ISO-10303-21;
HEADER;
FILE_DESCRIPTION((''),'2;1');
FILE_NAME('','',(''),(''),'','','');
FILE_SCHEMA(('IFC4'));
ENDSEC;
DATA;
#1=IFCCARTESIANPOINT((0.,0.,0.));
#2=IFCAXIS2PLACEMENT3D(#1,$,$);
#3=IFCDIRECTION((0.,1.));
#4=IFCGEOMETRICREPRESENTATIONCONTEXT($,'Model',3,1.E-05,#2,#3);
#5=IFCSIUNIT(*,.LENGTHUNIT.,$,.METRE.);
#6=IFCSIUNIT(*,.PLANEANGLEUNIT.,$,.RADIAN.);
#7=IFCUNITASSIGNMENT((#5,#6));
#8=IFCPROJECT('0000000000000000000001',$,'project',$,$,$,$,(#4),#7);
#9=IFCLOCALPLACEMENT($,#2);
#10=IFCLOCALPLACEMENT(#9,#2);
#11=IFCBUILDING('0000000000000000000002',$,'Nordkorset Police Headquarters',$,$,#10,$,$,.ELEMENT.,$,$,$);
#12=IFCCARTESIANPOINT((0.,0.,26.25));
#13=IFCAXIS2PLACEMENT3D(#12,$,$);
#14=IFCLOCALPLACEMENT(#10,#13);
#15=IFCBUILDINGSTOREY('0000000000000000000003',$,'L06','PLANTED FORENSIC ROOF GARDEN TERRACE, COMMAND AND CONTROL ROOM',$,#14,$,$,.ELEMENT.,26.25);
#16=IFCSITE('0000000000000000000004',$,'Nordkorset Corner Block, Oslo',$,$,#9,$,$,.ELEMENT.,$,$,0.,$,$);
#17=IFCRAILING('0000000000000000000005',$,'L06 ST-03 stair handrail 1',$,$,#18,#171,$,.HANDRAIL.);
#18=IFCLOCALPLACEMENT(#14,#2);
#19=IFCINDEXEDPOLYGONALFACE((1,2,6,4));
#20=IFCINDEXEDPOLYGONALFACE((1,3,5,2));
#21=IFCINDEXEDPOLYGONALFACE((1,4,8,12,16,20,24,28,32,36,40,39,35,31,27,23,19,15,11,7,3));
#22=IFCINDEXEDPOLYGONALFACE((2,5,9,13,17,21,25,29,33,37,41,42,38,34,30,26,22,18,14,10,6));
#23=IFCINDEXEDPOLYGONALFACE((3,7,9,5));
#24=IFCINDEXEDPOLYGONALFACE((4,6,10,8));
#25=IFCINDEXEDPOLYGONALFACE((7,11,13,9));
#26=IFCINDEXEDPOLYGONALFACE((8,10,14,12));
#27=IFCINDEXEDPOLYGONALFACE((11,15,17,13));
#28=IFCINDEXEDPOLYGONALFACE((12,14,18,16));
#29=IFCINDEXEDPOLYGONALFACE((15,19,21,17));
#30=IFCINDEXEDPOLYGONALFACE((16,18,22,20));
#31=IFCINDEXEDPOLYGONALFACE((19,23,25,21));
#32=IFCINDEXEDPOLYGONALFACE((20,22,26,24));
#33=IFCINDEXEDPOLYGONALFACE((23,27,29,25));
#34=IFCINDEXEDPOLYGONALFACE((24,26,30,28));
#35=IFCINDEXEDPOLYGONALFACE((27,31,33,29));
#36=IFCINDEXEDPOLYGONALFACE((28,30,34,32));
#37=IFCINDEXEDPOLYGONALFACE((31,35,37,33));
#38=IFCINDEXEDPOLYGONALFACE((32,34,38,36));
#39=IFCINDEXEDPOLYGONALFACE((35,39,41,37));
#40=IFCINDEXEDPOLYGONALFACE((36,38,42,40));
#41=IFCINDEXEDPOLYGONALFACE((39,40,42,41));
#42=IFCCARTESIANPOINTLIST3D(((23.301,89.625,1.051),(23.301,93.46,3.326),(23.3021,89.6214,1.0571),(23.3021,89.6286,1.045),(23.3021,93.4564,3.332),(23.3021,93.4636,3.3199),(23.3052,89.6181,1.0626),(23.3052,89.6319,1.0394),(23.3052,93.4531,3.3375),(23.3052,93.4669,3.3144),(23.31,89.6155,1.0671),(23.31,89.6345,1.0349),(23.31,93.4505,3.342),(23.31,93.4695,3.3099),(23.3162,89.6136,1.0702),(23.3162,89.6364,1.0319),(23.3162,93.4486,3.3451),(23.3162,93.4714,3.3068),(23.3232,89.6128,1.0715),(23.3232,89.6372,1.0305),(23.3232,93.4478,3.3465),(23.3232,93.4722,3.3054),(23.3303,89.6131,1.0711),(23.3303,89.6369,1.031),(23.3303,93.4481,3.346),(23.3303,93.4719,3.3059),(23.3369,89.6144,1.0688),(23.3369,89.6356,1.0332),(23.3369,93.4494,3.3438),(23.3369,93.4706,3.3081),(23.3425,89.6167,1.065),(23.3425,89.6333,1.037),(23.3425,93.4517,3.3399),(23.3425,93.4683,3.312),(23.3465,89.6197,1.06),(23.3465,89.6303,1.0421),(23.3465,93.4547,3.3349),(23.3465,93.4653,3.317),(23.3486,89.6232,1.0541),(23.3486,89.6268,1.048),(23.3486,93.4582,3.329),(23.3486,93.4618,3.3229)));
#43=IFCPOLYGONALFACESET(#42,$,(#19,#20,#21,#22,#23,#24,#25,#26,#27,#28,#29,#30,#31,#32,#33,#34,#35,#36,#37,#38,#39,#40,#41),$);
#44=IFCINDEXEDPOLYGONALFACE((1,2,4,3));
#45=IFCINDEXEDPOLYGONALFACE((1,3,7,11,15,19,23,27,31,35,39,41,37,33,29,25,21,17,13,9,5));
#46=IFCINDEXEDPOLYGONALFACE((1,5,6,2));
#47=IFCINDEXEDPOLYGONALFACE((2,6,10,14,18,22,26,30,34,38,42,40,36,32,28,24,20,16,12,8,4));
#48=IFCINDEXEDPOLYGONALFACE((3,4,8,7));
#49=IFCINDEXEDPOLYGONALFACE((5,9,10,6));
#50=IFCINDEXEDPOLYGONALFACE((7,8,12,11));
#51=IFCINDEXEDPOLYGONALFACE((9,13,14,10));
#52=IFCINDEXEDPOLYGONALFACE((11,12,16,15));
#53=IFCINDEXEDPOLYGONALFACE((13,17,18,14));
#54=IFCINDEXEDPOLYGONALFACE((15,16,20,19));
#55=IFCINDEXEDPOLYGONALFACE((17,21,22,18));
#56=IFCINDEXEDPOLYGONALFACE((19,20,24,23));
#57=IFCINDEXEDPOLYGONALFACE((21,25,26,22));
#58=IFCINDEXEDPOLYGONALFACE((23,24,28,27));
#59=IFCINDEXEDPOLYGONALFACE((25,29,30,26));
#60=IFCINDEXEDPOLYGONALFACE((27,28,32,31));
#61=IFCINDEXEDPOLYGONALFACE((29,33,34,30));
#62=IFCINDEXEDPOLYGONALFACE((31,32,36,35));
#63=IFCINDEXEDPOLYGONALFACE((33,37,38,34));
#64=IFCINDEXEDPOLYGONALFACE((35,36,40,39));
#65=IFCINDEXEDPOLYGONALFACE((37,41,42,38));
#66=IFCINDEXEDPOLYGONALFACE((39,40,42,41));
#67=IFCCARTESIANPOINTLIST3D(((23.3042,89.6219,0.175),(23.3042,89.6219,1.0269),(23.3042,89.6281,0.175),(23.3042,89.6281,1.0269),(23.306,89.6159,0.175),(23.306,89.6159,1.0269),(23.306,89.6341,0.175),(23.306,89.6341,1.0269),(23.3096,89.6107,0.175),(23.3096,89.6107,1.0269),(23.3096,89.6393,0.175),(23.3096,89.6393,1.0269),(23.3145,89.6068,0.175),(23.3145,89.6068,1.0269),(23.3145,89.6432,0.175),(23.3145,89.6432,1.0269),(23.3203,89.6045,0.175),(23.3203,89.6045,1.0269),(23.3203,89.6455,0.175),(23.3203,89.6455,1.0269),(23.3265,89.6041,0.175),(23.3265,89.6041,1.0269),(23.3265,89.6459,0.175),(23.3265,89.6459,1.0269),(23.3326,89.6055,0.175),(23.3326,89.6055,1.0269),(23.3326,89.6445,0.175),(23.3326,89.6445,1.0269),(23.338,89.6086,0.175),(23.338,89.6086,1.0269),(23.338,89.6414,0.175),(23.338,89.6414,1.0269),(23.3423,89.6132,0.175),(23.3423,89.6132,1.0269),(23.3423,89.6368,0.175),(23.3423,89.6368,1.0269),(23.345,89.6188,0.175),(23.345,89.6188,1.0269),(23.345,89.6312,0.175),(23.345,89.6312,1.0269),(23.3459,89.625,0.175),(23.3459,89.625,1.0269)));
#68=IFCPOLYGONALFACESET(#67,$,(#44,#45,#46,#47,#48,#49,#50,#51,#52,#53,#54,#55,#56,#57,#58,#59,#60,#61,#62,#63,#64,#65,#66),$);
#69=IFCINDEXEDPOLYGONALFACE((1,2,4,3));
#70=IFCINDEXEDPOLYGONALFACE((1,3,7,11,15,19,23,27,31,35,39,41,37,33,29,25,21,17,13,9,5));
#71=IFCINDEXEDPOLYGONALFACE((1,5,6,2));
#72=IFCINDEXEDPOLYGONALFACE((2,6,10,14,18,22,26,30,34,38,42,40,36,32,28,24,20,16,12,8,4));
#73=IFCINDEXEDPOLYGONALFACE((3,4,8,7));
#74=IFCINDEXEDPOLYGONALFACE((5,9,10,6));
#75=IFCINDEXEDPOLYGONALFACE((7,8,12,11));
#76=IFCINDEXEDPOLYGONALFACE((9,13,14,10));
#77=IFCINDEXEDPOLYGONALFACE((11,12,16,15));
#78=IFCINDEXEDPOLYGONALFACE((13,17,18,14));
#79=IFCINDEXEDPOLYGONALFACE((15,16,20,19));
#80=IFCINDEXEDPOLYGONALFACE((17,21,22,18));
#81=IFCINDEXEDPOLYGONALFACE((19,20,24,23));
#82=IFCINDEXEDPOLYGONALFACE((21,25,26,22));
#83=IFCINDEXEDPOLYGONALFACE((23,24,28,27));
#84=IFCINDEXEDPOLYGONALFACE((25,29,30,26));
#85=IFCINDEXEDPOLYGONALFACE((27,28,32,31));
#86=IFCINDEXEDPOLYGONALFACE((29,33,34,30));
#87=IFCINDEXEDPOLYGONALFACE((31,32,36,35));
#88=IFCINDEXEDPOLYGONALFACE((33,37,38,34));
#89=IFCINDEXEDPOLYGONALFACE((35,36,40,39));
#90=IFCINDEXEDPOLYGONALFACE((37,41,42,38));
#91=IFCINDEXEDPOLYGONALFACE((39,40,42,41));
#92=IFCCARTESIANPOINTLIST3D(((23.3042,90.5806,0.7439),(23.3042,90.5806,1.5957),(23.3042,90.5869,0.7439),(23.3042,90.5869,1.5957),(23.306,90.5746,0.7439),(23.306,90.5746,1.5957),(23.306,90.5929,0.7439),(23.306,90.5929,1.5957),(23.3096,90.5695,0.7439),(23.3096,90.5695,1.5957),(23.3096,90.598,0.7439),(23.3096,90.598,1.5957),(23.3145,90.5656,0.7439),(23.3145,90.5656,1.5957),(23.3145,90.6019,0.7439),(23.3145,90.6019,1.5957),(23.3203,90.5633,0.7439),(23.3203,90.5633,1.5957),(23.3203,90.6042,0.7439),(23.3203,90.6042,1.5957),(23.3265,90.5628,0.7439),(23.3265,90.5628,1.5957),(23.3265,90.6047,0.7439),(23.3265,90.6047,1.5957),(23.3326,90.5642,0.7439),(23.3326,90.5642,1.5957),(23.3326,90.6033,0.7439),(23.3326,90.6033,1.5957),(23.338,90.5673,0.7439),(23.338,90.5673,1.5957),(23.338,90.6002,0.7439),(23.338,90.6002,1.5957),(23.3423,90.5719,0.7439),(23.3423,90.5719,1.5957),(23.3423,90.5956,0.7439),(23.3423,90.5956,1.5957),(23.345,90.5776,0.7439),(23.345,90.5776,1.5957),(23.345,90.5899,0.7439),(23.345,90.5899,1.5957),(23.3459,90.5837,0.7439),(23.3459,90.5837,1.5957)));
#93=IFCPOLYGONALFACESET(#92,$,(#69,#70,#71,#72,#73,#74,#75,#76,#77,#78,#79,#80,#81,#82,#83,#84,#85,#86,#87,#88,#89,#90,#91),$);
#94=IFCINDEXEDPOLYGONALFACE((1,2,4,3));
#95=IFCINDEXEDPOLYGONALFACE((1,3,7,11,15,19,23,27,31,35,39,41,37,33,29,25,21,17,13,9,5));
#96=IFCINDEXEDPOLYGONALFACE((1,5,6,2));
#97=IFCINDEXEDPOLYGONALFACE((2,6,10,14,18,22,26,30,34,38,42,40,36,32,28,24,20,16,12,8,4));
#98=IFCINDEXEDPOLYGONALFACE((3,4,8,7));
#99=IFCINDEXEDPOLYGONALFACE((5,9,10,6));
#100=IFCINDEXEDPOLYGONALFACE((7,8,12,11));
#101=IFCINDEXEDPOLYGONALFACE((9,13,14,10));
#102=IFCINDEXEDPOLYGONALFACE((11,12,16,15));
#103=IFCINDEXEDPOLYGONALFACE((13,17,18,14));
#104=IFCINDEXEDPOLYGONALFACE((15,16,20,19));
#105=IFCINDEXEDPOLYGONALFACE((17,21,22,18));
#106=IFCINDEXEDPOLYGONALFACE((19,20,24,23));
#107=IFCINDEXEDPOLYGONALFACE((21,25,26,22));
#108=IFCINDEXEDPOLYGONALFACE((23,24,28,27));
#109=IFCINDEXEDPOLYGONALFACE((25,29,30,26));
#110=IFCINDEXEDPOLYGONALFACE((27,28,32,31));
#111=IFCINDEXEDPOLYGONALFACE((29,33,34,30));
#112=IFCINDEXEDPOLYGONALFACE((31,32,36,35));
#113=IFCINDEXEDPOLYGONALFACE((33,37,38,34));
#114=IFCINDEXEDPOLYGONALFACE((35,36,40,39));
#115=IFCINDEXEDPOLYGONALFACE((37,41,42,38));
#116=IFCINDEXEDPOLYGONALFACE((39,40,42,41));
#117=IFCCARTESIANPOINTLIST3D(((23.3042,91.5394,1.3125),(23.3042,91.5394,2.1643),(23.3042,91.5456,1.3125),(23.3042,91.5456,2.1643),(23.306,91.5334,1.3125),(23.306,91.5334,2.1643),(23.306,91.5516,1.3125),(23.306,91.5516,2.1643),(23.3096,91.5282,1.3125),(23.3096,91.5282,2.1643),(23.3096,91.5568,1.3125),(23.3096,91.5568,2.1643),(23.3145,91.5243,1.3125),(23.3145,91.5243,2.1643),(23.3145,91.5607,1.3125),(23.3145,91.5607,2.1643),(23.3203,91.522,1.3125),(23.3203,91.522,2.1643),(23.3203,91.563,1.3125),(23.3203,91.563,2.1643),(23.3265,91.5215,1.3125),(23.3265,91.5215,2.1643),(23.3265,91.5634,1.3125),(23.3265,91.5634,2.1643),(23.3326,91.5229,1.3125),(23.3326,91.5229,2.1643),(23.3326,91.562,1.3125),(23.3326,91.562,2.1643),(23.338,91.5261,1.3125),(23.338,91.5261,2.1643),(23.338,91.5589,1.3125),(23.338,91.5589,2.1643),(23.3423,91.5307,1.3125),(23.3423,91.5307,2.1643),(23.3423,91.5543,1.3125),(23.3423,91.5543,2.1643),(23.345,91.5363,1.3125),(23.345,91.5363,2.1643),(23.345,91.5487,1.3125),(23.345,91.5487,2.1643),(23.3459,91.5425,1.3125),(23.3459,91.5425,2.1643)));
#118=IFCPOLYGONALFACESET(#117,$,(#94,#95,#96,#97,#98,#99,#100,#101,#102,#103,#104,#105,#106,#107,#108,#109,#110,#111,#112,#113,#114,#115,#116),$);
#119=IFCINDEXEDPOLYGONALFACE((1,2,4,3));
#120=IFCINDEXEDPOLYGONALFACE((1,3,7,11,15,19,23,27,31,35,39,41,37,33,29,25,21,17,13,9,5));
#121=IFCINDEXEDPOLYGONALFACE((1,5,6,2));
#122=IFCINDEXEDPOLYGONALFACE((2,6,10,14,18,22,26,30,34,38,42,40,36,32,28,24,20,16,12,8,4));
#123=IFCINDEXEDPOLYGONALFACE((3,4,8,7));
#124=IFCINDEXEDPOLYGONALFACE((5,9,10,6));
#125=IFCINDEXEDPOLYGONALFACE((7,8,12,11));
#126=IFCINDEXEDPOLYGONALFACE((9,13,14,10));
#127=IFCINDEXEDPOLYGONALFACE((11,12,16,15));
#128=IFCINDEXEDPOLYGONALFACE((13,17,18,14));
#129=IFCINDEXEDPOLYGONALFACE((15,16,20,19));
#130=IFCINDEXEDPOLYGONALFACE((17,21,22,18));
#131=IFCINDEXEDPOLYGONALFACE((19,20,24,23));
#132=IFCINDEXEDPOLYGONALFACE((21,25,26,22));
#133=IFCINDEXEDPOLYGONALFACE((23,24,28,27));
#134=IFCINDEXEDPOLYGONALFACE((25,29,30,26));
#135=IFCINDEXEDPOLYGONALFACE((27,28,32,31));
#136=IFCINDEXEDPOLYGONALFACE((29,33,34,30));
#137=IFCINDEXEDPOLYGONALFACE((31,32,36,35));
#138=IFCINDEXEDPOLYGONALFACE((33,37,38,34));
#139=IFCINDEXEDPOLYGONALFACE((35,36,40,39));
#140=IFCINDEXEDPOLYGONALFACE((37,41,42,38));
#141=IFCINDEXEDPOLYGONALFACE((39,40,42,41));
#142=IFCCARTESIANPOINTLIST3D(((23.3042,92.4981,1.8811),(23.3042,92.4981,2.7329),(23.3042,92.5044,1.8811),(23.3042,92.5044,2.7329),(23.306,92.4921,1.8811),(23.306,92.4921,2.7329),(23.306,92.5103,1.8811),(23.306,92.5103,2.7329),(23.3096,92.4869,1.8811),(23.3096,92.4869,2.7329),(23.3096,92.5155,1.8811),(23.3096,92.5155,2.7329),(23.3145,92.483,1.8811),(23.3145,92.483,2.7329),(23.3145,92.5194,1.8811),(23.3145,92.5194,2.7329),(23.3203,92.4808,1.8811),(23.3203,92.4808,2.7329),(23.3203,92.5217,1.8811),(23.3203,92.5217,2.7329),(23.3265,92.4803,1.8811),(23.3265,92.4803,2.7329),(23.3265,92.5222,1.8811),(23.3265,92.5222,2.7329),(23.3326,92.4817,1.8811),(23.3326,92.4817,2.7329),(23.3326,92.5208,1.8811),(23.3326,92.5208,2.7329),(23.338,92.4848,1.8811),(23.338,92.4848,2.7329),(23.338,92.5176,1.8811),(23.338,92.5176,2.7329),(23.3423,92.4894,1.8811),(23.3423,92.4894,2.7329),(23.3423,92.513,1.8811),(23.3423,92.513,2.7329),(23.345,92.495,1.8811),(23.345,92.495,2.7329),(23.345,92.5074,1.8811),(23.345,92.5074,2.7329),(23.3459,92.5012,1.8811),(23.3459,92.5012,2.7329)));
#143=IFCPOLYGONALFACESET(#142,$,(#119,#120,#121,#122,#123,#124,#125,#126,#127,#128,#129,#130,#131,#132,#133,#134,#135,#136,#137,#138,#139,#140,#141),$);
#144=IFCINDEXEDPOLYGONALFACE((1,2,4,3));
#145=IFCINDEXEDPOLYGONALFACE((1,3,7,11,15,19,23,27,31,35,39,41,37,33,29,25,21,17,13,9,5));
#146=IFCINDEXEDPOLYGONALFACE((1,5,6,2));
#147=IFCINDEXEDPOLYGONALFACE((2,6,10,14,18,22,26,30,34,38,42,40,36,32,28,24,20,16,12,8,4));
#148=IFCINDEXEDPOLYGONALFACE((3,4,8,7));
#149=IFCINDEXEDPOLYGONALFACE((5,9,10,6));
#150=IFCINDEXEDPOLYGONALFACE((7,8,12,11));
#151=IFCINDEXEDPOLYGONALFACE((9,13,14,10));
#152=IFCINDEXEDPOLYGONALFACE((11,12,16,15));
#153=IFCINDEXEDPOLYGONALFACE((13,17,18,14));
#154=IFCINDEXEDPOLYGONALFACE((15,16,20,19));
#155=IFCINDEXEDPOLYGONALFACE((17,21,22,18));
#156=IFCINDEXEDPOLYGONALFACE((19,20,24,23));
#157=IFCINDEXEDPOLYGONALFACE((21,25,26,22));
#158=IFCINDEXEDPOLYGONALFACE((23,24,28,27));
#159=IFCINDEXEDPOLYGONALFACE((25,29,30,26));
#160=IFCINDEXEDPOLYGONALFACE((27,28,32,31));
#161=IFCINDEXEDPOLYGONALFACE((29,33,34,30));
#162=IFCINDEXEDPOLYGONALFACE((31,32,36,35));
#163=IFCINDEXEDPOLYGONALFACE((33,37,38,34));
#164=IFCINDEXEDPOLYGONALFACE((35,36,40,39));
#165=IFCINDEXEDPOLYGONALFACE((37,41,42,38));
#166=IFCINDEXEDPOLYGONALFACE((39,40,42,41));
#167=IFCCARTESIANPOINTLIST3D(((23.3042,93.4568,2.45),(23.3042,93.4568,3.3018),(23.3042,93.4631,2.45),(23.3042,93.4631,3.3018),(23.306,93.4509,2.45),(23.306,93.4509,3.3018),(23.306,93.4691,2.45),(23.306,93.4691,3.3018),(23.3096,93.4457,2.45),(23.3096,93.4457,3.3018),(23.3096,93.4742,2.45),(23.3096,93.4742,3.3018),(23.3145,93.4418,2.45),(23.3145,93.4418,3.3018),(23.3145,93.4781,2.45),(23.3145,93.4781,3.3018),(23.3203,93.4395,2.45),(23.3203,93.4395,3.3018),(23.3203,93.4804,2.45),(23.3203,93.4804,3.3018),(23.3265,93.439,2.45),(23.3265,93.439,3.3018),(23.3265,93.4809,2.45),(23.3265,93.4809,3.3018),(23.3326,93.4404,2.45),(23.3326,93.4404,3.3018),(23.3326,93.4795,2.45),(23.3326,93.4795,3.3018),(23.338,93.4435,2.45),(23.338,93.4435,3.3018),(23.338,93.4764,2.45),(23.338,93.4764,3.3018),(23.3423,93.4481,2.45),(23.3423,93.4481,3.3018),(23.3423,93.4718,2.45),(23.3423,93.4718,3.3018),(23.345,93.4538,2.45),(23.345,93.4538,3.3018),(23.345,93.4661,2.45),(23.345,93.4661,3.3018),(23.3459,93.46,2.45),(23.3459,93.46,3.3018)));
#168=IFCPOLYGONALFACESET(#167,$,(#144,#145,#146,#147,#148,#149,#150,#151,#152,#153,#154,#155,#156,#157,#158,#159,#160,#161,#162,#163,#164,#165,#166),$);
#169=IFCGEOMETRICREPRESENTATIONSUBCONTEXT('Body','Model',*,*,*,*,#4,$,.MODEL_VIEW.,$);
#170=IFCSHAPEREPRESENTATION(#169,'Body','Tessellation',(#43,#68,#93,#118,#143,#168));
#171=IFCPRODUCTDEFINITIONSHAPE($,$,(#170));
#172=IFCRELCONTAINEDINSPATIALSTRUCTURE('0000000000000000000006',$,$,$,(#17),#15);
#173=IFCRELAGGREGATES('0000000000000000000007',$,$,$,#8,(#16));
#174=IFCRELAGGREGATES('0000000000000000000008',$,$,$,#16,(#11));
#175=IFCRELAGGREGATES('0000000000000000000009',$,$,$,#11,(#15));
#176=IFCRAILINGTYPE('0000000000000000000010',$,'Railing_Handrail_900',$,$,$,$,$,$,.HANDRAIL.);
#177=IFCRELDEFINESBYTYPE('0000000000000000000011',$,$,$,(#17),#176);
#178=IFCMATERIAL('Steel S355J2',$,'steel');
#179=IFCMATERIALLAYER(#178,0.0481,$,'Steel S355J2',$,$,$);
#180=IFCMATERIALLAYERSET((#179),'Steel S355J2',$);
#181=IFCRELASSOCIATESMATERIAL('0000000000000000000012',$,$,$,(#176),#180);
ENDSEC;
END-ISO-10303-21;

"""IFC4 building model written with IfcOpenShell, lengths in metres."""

from ifc_helpers import new_model, si_unit, direction, frame, origin, origin_2d, place, context, subcontext, project, spatial, circle, extrude, material, layer, layer_set, type_object, element, save


model = new_model("IFC4")

# Units and contexts
model_context = context("Model", 3, precision=1e-05, world=origin(), true_north=direction((0.0, 1.0)))
body_context = subcontext(model_context, "Body", "Model", "MODEL_VIEW")
ifc_project = project(units=[si_unit("LENGTHUNIT", "METRE"), si_unit("PLANEANGLEUNIT", "RADIAN")], contexts=[model_context])

# Site, building, storey
site_placement = place(None, origin())
site = spatial("IfcSite", under=ifc_project, at=site_placement, Name="Nordkorset Corner Block, Oslo", CompositionType="ELEMENT", RefElevation=0.0)
building_placement = place(site_placement, origin())
building = spatial("IfcBuilding", under=site, at=building_placement, Name="Nordkorset Police Headquarters", CompositionType="ELEMENT")
storey_placement = place(building_placement, frame((0.0, 0.0, 26.25)))
storey = spatial("IfcBuildingStorey", under=building, at=storey_placement, Name="L06", Description="PLANTED FORENSIC ROOF GARDEN TERRACE, COMMAND AND CONTROL ROOM", CompositionType="ELEMENT", Elevation=26.25)

# Railing
ifc_material_1 = material(Name="Steel S355J2", Category="steel")
ifc_layer_1 = layer(ifc_material_1, 0.0481, Name="Steel S355J2")
ifc_layer_set_1 = layer_set([ifc_layer_1], Name="Steel S355J2")
railing_type = type_object("IfcRailingType", Name="Railing_Handrail_900", PredefinedType="HANDRAIL", material=ifc_layer_set_1)
railing_placement = place(storey_placement, frame((23.325, 89.625, 0.175)))
element("IfcRailing", 1, at=railing_placement, inside=storey, type_object=railing_type, Name="L06 ST-03 stair handrail 1", PredefinedType="HANDRAIL", context=body_context, shape_type="SweptSolid", body=[
    extrude(circle(Radius=0.0239, at=origin_2d()), frame((0.0, 0.0, 0.876), z_axis=(0.0, 0.860062, 0.51019), x_axis=(-1.0, 0.0, 0.0)), (0.0, 0.0, 1.0), 4.459),
    extrude(circle(Radius=0.021, at=origin_2d()), origin(), (0.0, 0.0, 1.0), 0.8518),
    extrude(circle(Radius=0.021, at=origin_2d()), frame((0.0, 0.9587, 0.5688)), (0.0, 0.0, 1.0), 0.8518),
    extrude(circle(Radius=0.021, at=origin_2d()), frame((0.0, 1.9175, 1.1375)), (0.0, 0.0, 1.0), 0.8518),
    extrude(circle(Radius=0.021, at=origin_2d()), frame((0.0, 2.8762, 1.7061)), (0.0, 0.0, 1.0), 0.8518),
    extrude(circle(Radius=0.021, at=origin_2d()), frame((0.0, 3.835, 2.2749)), (0.0, 0.0, 1.0), 0.8518),
])

save(model, "model.ifc")
